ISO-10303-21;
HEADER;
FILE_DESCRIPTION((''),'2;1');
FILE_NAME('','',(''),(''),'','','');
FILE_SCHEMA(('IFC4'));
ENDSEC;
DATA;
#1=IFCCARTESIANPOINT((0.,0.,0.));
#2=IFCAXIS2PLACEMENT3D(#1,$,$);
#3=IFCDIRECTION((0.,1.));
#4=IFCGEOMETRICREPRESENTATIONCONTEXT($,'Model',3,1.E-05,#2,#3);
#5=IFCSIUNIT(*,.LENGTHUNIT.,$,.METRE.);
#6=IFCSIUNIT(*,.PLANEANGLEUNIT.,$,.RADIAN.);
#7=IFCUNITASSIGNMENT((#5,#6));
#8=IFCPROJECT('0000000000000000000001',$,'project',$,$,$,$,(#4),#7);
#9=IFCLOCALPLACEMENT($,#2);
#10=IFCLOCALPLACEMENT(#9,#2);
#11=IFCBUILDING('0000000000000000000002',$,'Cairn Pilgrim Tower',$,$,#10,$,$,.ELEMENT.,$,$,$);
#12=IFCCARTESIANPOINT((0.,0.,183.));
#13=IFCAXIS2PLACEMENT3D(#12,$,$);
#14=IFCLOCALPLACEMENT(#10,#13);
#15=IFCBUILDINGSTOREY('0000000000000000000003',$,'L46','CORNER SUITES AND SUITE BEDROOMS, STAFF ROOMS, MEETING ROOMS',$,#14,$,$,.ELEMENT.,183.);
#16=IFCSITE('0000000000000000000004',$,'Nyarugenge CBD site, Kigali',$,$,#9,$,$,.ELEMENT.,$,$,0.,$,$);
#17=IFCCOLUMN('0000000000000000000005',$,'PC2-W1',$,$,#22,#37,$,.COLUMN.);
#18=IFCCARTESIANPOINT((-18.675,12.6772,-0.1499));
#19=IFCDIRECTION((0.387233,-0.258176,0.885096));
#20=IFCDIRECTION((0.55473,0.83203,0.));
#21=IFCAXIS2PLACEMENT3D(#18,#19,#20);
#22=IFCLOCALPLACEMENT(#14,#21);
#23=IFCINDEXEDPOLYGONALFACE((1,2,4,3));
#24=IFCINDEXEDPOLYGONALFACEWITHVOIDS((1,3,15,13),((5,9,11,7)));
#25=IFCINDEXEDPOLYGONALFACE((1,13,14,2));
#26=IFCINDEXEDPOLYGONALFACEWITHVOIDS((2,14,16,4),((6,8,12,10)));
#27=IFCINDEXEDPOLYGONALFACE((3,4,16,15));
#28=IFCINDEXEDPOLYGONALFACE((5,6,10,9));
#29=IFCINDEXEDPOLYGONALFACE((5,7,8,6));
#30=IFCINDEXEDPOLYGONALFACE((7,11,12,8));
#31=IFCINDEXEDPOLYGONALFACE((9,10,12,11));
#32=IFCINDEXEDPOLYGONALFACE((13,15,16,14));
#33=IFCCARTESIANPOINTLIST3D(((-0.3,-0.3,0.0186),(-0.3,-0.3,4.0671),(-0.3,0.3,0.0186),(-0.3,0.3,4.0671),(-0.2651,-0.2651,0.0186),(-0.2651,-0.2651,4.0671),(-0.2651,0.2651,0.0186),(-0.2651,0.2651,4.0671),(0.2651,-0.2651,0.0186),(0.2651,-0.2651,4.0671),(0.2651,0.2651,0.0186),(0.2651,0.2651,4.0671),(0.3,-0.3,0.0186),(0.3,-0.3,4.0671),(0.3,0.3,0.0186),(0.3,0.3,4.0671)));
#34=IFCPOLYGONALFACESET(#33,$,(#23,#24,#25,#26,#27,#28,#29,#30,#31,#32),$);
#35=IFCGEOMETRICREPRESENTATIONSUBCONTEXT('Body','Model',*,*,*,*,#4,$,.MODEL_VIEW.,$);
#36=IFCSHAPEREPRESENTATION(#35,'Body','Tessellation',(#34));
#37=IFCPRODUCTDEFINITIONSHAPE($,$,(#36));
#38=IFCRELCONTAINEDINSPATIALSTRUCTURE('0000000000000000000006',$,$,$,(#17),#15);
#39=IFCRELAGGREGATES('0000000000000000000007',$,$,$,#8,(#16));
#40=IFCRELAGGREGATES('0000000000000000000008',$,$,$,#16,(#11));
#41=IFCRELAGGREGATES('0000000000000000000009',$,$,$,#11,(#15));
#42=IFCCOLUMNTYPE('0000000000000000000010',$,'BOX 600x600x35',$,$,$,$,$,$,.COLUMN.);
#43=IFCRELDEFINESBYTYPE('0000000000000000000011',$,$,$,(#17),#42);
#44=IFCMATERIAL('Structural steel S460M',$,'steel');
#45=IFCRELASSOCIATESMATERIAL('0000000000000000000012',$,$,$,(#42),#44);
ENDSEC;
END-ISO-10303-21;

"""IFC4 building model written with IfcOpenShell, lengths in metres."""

from ifc_helpers import new_model, si_unit, direction, frame, origin, origin_2d, place, context, subcontext, project, spatial, hollow_rectangle, extrude, clip, halfspace, material, material_profile, profile_set, type_object, element, save


model = new_model("IFC4")

# Units and contexts
model_context = context("Model", 3, precision=1e-05, world=origin(), true_north=direction((0.0, 1.0)))
body_context = subcontext(model_context, "Body", "Model", "MODEL_VIEW")
ifc_project = project(units=[si_unit("LENGTHUNIT", "METRE"), si_unit("PLANEANGLEUNIT", "RADIAN")], contexts=[model_context])

# Site, building, storey
site_placement = place(None, origin())
site = spatial("IfcSite", under=ifc_project, at=site_placement, Name="Nyarugenge CBD site, Kigali", CompositionType="ELEMENT", RefElevation=0.0)
building_placement = place(site_placement, origin())
building = spatial("IfcBuilding", under=site, at=building_placement, Name="Cairn Pilgrim Tower", CompositionType="ELEMENT")
storey_placement = place(building_placement, frame((0.0, 0.0, 183.0)))
storey = spatial("IfcBuildingStorey", under=building, at=storey_placement, Name="L46", Description="CORNER SUITES AND SUITE BEDROOMS, STAFF ROOMS, MEETING ROOMS", CompositionType="ELEMENT", Elevation=183.0)

# Column
ifc_material_1 = material(Name="Structural steel S460M", Category="steel")
ifc_material_profile_1 = material_profile(ifc_material_1, hollow_rectangle(XDim=0.6001, YDim=0.6001, WallThickness=0.0349, at=origin_2d()), Name="BOX 600x600x35")
ifc_profile_set_1 = profile_set([ifc_material_profile_1], Name="Structural steel S460M")
column_type = type_object("IfcColumnType", Name="BOX 600x600x35", PredefinedType="COLUMN", material=ifc_profile_set_1)
for number, where, z_axis, x_axis, name in (
    (1, (-18.675, 12.6772, -0.1499), (0.387233, -0.258176, 0.885096), (0.55473, 0.83203, 0.0), "PC2-W1"),
):
    element("IfcColumn", number, at=place(storey_placement, frame(where, z_axis=z_axis, x_axis=x_axis)), inside=storey, type_object=column_type, Name=name, PredefinedType="COLUMN", context=body_context, shape_type="Clipping", body=[
        clip(extrude(hollow_rectangle(XDim=0.6001, YDim=0.6001, WallThickness=0.0349, at=origin_2d()), origin(), (0.0, 0.0, 1.0), 4.0671), halfspace(frame((0.0, 0.0, 0.0186), z_axis=(0.0, 0.0, 1.0), x_axis=(1.0, 0.0, 0.0)), True)),
    ])

save(model, "model.ifc")
